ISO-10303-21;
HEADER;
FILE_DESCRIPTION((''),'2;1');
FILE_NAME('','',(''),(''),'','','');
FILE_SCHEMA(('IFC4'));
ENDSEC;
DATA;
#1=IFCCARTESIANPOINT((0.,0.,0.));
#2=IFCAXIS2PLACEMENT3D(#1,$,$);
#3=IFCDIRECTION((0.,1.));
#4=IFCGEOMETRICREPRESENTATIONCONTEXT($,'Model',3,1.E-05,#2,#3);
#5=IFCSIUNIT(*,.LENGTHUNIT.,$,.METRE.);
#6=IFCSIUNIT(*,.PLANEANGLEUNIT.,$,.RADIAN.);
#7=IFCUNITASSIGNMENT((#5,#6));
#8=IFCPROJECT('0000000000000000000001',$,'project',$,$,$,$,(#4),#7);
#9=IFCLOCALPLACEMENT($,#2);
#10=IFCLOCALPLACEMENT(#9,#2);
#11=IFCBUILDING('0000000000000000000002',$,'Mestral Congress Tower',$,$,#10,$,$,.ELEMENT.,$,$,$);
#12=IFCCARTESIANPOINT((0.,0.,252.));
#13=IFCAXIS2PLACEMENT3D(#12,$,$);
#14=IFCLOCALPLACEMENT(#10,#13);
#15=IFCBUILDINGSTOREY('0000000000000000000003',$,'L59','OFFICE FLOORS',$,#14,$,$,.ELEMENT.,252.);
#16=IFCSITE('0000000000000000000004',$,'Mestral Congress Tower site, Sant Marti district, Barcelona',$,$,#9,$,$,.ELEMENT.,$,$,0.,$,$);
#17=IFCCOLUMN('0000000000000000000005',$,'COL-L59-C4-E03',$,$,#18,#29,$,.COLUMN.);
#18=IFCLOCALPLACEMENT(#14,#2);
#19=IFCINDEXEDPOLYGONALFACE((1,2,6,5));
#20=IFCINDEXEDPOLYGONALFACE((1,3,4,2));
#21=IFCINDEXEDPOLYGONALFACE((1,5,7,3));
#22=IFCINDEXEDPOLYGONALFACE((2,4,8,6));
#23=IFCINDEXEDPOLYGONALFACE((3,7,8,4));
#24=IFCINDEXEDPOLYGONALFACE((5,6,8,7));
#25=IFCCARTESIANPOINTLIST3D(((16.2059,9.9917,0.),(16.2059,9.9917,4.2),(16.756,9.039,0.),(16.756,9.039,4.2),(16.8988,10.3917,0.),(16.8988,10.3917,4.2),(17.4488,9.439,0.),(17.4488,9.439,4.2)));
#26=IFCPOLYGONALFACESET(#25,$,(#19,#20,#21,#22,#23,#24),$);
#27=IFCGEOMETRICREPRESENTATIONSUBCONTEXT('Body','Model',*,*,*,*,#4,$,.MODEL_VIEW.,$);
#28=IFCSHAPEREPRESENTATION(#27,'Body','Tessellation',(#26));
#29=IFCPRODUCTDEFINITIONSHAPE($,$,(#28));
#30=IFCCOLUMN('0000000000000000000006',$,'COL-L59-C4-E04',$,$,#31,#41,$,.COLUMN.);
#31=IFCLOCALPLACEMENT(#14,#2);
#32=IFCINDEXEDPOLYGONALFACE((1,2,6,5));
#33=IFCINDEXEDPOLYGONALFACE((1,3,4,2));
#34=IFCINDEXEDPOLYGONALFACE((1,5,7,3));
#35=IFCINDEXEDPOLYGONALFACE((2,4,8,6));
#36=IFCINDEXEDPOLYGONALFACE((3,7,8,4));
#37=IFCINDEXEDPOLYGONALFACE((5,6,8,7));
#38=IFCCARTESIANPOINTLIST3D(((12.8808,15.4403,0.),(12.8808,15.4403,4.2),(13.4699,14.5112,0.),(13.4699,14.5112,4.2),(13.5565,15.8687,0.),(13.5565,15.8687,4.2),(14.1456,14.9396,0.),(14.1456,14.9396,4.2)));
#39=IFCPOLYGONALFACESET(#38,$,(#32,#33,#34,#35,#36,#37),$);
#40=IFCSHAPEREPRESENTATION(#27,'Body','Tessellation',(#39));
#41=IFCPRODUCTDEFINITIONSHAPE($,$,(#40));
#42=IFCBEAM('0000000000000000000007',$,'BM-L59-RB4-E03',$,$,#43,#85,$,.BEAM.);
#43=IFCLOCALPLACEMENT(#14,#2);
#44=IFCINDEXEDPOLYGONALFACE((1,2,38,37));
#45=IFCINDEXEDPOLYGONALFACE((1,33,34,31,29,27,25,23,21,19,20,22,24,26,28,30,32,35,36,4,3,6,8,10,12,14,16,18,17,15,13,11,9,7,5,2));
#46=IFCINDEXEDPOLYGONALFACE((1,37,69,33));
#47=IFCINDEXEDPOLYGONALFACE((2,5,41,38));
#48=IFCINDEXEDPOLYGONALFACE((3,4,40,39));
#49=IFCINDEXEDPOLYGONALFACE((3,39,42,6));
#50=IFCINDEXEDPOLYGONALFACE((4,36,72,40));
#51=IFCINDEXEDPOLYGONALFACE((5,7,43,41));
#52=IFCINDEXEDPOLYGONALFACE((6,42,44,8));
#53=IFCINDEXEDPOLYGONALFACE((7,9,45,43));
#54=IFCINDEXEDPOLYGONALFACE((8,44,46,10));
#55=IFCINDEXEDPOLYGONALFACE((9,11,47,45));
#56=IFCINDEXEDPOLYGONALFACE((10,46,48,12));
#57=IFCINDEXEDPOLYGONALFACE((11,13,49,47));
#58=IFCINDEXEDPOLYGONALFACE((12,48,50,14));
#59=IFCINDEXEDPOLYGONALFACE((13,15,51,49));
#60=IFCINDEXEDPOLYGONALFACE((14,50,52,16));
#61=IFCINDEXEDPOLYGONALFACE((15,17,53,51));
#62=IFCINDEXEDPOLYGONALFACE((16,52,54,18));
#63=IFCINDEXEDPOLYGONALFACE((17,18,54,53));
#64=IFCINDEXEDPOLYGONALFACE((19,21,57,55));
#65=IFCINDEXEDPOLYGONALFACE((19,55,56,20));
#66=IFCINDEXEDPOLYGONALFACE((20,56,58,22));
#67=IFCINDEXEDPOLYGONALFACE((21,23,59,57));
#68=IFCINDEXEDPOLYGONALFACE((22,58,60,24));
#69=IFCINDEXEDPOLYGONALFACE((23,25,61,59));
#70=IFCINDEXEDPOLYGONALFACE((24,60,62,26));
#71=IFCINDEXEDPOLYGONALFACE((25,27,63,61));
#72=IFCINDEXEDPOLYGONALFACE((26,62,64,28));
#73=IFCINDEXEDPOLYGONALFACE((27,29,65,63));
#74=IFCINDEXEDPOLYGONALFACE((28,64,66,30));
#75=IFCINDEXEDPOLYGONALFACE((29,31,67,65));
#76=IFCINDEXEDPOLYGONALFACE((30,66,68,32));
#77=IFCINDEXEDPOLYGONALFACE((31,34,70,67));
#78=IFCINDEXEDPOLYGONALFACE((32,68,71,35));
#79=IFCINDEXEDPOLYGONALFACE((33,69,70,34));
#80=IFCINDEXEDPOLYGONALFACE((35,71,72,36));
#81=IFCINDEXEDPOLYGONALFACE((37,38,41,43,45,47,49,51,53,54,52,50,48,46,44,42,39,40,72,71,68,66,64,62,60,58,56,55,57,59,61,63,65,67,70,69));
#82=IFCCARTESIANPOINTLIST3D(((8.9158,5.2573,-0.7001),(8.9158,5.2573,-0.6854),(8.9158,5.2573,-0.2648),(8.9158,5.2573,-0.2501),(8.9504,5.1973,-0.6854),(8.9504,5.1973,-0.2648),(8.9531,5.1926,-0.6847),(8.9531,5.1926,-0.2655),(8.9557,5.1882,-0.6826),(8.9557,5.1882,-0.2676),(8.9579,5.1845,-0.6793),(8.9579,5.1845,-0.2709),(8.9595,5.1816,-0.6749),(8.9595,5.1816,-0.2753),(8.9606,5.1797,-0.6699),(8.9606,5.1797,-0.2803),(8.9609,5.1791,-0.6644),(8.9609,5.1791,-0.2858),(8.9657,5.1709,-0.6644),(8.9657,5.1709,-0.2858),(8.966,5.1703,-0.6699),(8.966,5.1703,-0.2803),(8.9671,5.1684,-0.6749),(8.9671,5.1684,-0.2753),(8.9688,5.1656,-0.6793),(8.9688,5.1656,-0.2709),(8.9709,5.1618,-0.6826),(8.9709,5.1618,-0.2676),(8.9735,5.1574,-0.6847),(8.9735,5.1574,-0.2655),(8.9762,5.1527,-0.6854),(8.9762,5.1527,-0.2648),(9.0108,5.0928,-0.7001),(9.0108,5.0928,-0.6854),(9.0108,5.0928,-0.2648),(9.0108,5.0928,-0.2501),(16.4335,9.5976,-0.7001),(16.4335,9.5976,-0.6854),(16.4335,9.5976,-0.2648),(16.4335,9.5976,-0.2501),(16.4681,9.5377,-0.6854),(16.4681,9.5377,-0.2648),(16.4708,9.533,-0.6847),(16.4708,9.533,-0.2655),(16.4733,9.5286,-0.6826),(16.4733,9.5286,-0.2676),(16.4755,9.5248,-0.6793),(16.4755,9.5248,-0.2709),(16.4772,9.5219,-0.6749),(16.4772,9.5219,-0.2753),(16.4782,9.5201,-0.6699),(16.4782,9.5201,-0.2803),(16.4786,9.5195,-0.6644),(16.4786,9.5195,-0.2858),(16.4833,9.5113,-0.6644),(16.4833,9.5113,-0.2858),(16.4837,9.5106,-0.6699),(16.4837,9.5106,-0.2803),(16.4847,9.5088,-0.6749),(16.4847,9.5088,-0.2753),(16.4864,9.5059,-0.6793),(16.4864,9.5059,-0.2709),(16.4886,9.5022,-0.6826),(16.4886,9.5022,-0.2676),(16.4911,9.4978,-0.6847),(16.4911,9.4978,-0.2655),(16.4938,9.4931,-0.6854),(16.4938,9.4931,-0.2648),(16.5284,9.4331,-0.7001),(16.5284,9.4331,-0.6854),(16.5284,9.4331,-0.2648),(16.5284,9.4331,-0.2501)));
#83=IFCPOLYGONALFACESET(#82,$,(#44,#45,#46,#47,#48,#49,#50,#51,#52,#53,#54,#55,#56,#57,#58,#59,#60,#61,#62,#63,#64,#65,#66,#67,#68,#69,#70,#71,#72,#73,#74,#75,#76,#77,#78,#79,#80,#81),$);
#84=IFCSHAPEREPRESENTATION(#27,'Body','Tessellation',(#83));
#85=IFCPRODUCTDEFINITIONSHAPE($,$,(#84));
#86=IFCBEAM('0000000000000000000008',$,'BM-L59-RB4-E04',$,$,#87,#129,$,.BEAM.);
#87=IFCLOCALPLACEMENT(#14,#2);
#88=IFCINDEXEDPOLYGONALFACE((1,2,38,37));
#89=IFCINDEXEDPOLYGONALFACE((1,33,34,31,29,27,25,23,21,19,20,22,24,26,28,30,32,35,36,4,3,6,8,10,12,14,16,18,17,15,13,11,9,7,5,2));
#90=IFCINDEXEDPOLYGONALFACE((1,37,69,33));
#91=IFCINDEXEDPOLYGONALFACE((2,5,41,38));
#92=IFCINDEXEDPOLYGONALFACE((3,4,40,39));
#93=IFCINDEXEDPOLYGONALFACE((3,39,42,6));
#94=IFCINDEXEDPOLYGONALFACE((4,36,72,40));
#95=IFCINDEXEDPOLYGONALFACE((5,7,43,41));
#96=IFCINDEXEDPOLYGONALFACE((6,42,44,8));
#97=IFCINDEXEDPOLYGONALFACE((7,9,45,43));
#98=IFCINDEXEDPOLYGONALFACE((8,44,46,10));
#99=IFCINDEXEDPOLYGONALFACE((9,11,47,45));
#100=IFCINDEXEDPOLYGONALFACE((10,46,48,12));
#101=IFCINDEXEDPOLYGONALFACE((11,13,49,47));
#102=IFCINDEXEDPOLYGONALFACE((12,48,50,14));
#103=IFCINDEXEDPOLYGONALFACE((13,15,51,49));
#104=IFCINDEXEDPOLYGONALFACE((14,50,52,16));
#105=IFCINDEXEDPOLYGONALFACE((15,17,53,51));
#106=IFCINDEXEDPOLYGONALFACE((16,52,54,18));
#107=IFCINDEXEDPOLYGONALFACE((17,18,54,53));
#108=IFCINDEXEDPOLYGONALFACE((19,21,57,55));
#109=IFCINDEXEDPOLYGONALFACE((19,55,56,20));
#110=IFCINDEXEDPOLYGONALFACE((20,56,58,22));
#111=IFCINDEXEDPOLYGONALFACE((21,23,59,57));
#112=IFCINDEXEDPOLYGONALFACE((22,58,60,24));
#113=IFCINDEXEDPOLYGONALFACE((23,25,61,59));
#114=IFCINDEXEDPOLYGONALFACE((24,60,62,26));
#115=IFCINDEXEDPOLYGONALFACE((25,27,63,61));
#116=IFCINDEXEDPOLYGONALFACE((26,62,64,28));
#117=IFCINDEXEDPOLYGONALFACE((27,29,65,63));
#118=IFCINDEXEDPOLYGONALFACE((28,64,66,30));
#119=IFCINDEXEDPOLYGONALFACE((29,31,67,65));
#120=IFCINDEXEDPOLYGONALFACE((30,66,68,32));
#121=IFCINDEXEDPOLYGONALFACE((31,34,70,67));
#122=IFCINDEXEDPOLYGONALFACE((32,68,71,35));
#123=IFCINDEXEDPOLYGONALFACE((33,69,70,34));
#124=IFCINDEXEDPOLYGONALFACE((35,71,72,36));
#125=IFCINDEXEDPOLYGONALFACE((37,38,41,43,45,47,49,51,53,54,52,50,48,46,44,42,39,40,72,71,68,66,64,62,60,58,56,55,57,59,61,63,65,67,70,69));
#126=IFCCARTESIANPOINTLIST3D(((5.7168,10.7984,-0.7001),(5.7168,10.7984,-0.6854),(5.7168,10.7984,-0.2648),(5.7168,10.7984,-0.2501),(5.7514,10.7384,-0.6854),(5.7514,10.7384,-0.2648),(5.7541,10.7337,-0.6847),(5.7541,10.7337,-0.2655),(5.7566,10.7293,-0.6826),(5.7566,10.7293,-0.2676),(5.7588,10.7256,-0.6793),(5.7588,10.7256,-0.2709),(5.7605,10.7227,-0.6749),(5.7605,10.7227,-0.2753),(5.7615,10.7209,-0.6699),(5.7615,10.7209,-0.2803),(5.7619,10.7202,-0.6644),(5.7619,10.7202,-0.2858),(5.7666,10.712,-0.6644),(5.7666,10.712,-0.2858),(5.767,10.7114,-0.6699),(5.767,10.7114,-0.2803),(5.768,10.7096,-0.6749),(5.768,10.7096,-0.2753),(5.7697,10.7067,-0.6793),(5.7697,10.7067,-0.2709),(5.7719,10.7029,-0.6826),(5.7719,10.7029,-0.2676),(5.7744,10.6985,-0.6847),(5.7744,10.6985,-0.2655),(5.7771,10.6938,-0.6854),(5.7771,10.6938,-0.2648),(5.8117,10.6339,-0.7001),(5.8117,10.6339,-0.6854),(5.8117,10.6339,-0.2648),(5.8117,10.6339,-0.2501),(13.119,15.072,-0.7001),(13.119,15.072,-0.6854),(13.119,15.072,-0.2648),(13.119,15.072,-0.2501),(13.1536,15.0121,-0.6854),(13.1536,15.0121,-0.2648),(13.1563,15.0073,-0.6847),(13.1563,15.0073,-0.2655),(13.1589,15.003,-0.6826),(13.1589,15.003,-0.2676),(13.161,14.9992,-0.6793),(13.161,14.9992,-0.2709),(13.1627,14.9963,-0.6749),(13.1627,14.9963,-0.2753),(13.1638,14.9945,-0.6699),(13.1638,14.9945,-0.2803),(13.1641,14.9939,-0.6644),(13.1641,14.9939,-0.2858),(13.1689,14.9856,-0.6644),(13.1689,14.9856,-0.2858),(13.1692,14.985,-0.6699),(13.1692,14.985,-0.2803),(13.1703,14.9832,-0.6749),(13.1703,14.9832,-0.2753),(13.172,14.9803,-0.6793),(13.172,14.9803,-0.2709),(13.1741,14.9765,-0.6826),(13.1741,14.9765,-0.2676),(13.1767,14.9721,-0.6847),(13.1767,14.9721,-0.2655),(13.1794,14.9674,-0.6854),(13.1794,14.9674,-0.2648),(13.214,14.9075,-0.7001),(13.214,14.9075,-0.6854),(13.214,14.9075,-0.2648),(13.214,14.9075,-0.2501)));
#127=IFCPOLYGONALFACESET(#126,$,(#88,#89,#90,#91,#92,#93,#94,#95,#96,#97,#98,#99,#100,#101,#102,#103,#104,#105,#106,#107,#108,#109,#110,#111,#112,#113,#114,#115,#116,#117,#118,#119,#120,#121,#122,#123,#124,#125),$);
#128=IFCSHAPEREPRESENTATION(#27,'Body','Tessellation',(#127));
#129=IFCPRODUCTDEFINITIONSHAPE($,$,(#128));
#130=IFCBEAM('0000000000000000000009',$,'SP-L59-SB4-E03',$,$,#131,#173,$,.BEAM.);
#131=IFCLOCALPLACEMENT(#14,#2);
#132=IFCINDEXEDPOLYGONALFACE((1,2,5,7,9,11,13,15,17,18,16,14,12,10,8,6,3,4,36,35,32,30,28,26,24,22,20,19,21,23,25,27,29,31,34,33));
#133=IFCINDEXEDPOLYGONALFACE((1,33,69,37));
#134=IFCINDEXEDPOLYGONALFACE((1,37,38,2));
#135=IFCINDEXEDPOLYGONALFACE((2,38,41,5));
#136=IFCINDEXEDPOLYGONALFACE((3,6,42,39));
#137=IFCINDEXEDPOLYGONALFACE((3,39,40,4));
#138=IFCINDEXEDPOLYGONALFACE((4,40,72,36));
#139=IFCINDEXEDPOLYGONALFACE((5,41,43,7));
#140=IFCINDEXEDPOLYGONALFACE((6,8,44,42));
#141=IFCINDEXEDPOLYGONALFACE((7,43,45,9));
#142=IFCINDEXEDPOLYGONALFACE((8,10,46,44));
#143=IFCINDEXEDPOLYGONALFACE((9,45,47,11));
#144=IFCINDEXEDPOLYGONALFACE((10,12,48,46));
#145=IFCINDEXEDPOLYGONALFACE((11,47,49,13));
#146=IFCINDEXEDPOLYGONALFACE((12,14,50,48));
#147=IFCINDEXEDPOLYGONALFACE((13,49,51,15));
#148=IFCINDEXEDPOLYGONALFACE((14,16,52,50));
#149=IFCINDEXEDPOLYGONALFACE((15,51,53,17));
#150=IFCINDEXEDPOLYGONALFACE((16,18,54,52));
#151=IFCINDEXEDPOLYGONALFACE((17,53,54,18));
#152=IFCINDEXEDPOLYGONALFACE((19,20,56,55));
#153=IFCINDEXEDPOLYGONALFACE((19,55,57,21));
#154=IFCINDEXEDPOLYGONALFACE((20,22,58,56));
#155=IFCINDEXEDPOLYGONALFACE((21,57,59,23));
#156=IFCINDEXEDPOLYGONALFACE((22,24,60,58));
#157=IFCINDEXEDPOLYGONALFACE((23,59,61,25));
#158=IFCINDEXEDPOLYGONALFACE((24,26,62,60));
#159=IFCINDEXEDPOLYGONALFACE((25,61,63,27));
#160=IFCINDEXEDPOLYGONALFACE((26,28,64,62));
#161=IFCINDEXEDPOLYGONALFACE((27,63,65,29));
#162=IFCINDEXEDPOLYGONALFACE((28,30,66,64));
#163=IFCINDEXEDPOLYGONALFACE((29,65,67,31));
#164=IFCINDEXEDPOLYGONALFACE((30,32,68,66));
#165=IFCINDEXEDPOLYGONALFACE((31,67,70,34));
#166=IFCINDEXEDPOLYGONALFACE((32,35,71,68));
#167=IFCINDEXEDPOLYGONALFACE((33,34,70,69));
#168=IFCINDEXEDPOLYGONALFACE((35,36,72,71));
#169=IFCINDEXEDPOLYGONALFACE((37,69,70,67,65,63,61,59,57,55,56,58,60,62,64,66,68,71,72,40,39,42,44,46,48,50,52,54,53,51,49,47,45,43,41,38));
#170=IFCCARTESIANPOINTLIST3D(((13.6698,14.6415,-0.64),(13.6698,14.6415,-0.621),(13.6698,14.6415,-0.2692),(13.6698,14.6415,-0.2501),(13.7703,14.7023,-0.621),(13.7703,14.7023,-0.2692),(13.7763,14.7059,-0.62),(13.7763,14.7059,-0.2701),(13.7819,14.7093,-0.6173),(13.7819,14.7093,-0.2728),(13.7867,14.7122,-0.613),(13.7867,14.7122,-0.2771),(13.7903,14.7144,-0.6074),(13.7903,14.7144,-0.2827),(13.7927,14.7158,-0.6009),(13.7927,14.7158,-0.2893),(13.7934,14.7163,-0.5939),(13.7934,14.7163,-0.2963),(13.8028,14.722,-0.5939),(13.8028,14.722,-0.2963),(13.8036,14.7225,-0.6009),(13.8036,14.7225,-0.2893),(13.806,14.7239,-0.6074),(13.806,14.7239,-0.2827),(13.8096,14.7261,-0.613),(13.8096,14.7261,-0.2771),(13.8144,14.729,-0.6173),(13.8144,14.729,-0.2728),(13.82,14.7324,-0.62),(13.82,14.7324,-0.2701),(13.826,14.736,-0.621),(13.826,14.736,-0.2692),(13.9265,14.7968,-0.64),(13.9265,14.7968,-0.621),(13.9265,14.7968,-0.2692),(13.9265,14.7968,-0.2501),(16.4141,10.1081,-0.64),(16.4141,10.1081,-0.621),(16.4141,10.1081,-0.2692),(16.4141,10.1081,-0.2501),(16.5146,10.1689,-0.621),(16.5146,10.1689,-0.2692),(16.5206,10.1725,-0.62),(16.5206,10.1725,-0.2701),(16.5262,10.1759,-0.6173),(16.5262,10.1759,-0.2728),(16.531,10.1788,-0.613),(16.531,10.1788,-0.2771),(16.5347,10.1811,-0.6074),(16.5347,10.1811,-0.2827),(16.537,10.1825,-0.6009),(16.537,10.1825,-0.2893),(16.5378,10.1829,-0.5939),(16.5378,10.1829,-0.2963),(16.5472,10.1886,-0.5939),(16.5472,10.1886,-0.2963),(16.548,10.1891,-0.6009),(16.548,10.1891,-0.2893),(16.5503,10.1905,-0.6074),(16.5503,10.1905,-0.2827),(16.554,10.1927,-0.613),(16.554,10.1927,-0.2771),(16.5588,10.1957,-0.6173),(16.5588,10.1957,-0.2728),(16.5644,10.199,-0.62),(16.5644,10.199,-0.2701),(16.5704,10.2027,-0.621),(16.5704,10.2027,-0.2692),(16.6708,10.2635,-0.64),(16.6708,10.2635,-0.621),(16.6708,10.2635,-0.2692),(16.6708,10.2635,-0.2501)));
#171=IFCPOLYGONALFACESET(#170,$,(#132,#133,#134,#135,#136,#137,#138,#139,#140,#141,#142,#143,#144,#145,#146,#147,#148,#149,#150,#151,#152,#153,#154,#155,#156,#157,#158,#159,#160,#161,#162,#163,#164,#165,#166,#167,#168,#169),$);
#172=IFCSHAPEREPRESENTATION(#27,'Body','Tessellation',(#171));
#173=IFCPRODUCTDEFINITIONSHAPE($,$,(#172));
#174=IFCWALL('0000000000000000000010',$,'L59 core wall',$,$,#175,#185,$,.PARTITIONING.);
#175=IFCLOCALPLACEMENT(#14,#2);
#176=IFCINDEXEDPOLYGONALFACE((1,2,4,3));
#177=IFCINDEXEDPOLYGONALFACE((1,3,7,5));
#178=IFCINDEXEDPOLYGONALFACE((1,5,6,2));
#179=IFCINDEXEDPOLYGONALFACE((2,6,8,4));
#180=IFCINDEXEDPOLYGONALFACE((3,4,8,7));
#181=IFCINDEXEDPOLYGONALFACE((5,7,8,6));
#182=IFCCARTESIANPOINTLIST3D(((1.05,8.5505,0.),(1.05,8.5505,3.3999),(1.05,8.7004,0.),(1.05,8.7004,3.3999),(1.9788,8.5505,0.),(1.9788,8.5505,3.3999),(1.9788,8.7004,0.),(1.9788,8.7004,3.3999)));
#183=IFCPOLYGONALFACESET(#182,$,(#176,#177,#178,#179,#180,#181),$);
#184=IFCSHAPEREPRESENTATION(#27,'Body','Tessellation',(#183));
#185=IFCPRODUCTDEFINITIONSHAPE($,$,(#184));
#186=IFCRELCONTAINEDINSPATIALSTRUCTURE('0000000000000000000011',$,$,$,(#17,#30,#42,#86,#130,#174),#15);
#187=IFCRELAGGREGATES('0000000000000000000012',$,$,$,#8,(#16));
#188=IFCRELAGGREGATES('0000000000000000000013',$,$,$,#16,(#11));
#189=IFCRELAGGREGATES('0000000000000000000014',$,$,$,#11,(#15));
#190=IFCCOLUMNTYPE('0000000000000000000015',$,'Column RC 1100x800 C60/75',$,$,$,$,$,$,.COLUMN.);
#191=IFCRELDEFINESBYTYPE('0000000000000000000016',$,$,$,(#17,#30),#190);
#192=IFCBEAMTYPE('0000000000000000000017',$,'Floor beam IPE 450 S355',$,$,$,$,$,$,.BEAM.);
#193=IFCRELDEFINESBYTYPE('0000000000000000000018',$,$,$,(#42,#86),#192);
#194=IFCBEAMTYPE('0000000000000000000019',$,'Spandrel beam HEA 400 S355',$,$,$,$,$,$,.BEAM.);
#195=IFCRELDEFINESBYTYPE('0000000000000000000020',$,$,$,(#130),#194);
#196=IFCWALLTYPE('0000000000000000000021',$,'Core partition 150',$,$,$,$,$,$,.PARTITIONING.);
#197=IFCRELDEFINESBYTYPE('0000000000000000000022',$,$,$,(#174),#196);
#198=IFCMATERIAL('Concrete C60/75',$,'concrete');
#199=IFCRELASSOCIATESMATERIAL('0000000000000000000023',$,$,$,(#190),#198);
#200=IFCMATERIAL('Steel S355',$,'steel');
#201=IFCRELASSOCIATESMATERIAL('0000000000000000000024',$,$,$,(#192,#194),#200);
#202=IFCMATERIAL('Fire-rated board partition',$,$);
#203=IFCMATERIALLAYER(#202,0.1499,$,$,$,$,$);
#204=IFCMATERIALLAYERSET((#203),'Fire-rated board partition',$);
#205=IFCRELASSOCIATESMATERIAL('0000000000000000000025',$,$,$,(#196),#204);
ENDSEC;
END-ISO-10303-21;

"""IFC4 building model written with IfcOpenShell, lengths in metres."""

from ifc_helpers import new_model, si_unit, direction, frame, frame_2d, origin, origin_2d, place, context, subcontext, project, spatial, rectangle, i_section, extrude, material, layer, layer_set, material_profile, profile_set, type_object, element, save


model = new_model("IFC4")

# Units and contexts
model_context = context("Model", 3, precision=1e-05, world=origin(), true_north=direction((0.0, 1.0)))
body_context = subcontext(model_context, "Body", "Model", "MODEL_VIEW")
ifc_project = project(units=[si_unit("LENGTHUNIT", "METRE"), si_unit("PLANEANGLEUNIT", "RADIAN")], contexts=[model_context])

# Site, building, storey
site_placement = place(None, origin())
site = spatial("IfcSite", under=ifc_project, at=site_placement, Name="Mestral Congress Tower site, Sant Marti district, Barcelona", CompositionType="ELEMENT", RefElevation=0.0)
building_placement = place(site_placement, origin())
building = spatial("IfcBuilding", under=site, at=building_placement, Name="Mestral Congress Tower", CompositionType="ELEMENT")
storey_placement = place(building_placement, frame((0.0, 0.0, 252.0)))
storey = spatial("IfcBuildingStorey", under=building, at=storey_placement, Name="L59", Description="OFFICE FLOORS", CompositionType="ELEMENT", Elevation=252.0)

# Columns
ifc_material_1 = material(Name="Concrete C60/75", Category="concrete")
ifc_material_profile_1 = material_profile(ifc_material_1, rectangle(XDim=1.1001, YDim=0.8, at=origin_2d()), Name="RC 1100x800")
ifc_profile_set_1 = profile_set([ifc_material_profile_1], Name="Concrete C60/75")
column_type = type_object("IfcColumnType", Name="Column RC 1100x800 C60/75", PredefinedType="COLUMN", material=ifc_profile_set_1)
for number, where, z_axis, x_axis, name in (
    (1, (16.8274, 9.7153, 0.0), (0.0, 0.0, 1.0), (-0.5, 0.866025, 0.0), "COL-L59-C4-E03"),
    (2, (13.5132, 15.1899, 0.0), (0.0, 0.0, 1.0), (-0.535503, 0.844534, 0.0), "COL-L59-C4-E04"),
):
    element("IfcColumn", number, at=place(storey_placement, frame(where, z_axis=z_axis, x_axis=x_axis)), inside=storey, type_object=column_type, Name=name, PredefinedType="COLUMN", context=body_context, shape_type="SweptSolid", body=[
        extrude(rectangle(XDim=1.1001, YDim=0.8, at=origin_2d()), origin(), (0.0, 0.0, 1.0), 4.2),
    ])

# Beams
ifc_material_2 = material(Name="Steel S355", Category="steel")
ifc_material_profile_2 = material_profile(ifc_material_2, i_section(OverallWidth=0.1899, OverallDepth=0.45, WebThickness=0.0095, FlangeThickness=0.0146, FilletRadius=0.021, at=origin_2d()), Name="IPE 450")
ifc_profile_set_2 = profile_set([ifc_material_profile_2], Name="Steel S355")
beam_type_1 = type_object("IfcBeamType", Name="Floor beam IPE 450 S355", PredefinedType="BEAM", material=ifc_profile_set_2)
beam_1_placement = place(storey_placement, frame((16.481, 9.5154, -0.4751), z_axis=(-0.866023, -0.500005, 0.0), x_axis=(0.500005, -0.866023, 0.0)))
element("IfcBeam", 3, at=beam_1_placement, inside=storey, type_object=beam_type_1, Name="BM-L59-RB4-E03", PredefinedType="BEAM", context=body_context, shape_type="SweptSolid", body=[
    extrude(i_section(OverallWidth=0.1899, OverallDepth=0.45, WebThickness=0.0095, FlangeThickness=0.0146, FilletRadius=0.021, at=origin_2d()), origin(), (0.0, 0.0, 1.0), 8.6807),
])
beam_2_placement = place(storey_placement, frame((13.1665, 14.9897, -0.4751), z_axis=(-0.866029, -0.499994, 0.0), x_axis=(0.499994, -0.866029, 0.0)))
element("IfcBeam", 4, at=beam_2_placement, inside=storey, type_object=beam_type_1, Name="BM-L59-RB4-E04", PredefinedType="BEAM", context=body_context, shape_type="SweptSolid", body=[
    extrude(i_section(OverallWidth=0.1899, OverallDepth=0.45, WebThickness=0.0095, FlangeThickness=0.0146, FilletRadius=0.021, at=origin_2d()), origin(), (0.0, 0.0, 1.0), 8.5474),
])
ifc_material_profile_3 = material_profile(ifc_material_2, i_section(OverallWidth=0.3, OverallDepth=0.3899, WebThickness=0.011, FlangeThickness=0.019, FilletRadius=0.0271, at=origin_2d()), Name="HEA 400")
ifc_profile_set_3 = profile_set([ifc_material_profile_3], Name="Steel S355")
beam_type_2 = type_object("IfcBeamType", Name="Spandrel beam HEA 400 S355", PredefinedType="BEAM", material=ifc_profile_set_3)
beam_3_placement = place(storey_placement, frame((16.5425, 10.1858, -0.4451), z_axis=(-0.517866, 0.855462, 0.0), x_axis=(-0.855462, -0.517866, 0.0)))
element("IfcBeam", 5, at=beam_3_placement, inside=storey, type_object=beam_type_2, Name="SP-L59-SB4-E03", PredefinedType="BEAM", context=body_context, shape_type="SweptSolid", body=[
    extrude(i_section(OverallWidth=0.3, OverallDepth=0.3899, WebThickness=0.011, FlangeThickness=0.019, FilletRadius=0.0271, at=origin_2d()), origin(), (0.0, 0.0, 1.0), 5.2993),
])

# Wall
ifc_material_3 = material(Name="Fire-rated board partition")
ifc_layer_1 = layer(ifc_material_3, 0.1499)
ifc_layer_set_1 = layer_set([ifc_layer_1], Name="Fire-rated board partition")
wall_type_1 = type_object("IfcWallType", Name="Core partition 150", PredefinedType="PARTITIONING", material=ifc_layer_set_1)
wall_1_placement = place(storey_placement, frame((1.05, 8.6255, 0.0), z_axis=(0.0, 0.0, 1.0), x_axis=(1.0, 0.0, 0.0)))
element("IfcWall", 6, at=wall_1_placement, inside=storey, type_object=wall_type_1, Name="L59 core wall", PredefinedType="PARTITIONING", context=body_context, shape_type="SweptSolid", body=[
    extrude(rectangle(XDim=0.9287, YDim=0.1499, at=frame_2d((0.4644, 0.0))), origin(), (0.0, 0.0, 1.0), 3.3999),
])

save(model, "model.ifc")
